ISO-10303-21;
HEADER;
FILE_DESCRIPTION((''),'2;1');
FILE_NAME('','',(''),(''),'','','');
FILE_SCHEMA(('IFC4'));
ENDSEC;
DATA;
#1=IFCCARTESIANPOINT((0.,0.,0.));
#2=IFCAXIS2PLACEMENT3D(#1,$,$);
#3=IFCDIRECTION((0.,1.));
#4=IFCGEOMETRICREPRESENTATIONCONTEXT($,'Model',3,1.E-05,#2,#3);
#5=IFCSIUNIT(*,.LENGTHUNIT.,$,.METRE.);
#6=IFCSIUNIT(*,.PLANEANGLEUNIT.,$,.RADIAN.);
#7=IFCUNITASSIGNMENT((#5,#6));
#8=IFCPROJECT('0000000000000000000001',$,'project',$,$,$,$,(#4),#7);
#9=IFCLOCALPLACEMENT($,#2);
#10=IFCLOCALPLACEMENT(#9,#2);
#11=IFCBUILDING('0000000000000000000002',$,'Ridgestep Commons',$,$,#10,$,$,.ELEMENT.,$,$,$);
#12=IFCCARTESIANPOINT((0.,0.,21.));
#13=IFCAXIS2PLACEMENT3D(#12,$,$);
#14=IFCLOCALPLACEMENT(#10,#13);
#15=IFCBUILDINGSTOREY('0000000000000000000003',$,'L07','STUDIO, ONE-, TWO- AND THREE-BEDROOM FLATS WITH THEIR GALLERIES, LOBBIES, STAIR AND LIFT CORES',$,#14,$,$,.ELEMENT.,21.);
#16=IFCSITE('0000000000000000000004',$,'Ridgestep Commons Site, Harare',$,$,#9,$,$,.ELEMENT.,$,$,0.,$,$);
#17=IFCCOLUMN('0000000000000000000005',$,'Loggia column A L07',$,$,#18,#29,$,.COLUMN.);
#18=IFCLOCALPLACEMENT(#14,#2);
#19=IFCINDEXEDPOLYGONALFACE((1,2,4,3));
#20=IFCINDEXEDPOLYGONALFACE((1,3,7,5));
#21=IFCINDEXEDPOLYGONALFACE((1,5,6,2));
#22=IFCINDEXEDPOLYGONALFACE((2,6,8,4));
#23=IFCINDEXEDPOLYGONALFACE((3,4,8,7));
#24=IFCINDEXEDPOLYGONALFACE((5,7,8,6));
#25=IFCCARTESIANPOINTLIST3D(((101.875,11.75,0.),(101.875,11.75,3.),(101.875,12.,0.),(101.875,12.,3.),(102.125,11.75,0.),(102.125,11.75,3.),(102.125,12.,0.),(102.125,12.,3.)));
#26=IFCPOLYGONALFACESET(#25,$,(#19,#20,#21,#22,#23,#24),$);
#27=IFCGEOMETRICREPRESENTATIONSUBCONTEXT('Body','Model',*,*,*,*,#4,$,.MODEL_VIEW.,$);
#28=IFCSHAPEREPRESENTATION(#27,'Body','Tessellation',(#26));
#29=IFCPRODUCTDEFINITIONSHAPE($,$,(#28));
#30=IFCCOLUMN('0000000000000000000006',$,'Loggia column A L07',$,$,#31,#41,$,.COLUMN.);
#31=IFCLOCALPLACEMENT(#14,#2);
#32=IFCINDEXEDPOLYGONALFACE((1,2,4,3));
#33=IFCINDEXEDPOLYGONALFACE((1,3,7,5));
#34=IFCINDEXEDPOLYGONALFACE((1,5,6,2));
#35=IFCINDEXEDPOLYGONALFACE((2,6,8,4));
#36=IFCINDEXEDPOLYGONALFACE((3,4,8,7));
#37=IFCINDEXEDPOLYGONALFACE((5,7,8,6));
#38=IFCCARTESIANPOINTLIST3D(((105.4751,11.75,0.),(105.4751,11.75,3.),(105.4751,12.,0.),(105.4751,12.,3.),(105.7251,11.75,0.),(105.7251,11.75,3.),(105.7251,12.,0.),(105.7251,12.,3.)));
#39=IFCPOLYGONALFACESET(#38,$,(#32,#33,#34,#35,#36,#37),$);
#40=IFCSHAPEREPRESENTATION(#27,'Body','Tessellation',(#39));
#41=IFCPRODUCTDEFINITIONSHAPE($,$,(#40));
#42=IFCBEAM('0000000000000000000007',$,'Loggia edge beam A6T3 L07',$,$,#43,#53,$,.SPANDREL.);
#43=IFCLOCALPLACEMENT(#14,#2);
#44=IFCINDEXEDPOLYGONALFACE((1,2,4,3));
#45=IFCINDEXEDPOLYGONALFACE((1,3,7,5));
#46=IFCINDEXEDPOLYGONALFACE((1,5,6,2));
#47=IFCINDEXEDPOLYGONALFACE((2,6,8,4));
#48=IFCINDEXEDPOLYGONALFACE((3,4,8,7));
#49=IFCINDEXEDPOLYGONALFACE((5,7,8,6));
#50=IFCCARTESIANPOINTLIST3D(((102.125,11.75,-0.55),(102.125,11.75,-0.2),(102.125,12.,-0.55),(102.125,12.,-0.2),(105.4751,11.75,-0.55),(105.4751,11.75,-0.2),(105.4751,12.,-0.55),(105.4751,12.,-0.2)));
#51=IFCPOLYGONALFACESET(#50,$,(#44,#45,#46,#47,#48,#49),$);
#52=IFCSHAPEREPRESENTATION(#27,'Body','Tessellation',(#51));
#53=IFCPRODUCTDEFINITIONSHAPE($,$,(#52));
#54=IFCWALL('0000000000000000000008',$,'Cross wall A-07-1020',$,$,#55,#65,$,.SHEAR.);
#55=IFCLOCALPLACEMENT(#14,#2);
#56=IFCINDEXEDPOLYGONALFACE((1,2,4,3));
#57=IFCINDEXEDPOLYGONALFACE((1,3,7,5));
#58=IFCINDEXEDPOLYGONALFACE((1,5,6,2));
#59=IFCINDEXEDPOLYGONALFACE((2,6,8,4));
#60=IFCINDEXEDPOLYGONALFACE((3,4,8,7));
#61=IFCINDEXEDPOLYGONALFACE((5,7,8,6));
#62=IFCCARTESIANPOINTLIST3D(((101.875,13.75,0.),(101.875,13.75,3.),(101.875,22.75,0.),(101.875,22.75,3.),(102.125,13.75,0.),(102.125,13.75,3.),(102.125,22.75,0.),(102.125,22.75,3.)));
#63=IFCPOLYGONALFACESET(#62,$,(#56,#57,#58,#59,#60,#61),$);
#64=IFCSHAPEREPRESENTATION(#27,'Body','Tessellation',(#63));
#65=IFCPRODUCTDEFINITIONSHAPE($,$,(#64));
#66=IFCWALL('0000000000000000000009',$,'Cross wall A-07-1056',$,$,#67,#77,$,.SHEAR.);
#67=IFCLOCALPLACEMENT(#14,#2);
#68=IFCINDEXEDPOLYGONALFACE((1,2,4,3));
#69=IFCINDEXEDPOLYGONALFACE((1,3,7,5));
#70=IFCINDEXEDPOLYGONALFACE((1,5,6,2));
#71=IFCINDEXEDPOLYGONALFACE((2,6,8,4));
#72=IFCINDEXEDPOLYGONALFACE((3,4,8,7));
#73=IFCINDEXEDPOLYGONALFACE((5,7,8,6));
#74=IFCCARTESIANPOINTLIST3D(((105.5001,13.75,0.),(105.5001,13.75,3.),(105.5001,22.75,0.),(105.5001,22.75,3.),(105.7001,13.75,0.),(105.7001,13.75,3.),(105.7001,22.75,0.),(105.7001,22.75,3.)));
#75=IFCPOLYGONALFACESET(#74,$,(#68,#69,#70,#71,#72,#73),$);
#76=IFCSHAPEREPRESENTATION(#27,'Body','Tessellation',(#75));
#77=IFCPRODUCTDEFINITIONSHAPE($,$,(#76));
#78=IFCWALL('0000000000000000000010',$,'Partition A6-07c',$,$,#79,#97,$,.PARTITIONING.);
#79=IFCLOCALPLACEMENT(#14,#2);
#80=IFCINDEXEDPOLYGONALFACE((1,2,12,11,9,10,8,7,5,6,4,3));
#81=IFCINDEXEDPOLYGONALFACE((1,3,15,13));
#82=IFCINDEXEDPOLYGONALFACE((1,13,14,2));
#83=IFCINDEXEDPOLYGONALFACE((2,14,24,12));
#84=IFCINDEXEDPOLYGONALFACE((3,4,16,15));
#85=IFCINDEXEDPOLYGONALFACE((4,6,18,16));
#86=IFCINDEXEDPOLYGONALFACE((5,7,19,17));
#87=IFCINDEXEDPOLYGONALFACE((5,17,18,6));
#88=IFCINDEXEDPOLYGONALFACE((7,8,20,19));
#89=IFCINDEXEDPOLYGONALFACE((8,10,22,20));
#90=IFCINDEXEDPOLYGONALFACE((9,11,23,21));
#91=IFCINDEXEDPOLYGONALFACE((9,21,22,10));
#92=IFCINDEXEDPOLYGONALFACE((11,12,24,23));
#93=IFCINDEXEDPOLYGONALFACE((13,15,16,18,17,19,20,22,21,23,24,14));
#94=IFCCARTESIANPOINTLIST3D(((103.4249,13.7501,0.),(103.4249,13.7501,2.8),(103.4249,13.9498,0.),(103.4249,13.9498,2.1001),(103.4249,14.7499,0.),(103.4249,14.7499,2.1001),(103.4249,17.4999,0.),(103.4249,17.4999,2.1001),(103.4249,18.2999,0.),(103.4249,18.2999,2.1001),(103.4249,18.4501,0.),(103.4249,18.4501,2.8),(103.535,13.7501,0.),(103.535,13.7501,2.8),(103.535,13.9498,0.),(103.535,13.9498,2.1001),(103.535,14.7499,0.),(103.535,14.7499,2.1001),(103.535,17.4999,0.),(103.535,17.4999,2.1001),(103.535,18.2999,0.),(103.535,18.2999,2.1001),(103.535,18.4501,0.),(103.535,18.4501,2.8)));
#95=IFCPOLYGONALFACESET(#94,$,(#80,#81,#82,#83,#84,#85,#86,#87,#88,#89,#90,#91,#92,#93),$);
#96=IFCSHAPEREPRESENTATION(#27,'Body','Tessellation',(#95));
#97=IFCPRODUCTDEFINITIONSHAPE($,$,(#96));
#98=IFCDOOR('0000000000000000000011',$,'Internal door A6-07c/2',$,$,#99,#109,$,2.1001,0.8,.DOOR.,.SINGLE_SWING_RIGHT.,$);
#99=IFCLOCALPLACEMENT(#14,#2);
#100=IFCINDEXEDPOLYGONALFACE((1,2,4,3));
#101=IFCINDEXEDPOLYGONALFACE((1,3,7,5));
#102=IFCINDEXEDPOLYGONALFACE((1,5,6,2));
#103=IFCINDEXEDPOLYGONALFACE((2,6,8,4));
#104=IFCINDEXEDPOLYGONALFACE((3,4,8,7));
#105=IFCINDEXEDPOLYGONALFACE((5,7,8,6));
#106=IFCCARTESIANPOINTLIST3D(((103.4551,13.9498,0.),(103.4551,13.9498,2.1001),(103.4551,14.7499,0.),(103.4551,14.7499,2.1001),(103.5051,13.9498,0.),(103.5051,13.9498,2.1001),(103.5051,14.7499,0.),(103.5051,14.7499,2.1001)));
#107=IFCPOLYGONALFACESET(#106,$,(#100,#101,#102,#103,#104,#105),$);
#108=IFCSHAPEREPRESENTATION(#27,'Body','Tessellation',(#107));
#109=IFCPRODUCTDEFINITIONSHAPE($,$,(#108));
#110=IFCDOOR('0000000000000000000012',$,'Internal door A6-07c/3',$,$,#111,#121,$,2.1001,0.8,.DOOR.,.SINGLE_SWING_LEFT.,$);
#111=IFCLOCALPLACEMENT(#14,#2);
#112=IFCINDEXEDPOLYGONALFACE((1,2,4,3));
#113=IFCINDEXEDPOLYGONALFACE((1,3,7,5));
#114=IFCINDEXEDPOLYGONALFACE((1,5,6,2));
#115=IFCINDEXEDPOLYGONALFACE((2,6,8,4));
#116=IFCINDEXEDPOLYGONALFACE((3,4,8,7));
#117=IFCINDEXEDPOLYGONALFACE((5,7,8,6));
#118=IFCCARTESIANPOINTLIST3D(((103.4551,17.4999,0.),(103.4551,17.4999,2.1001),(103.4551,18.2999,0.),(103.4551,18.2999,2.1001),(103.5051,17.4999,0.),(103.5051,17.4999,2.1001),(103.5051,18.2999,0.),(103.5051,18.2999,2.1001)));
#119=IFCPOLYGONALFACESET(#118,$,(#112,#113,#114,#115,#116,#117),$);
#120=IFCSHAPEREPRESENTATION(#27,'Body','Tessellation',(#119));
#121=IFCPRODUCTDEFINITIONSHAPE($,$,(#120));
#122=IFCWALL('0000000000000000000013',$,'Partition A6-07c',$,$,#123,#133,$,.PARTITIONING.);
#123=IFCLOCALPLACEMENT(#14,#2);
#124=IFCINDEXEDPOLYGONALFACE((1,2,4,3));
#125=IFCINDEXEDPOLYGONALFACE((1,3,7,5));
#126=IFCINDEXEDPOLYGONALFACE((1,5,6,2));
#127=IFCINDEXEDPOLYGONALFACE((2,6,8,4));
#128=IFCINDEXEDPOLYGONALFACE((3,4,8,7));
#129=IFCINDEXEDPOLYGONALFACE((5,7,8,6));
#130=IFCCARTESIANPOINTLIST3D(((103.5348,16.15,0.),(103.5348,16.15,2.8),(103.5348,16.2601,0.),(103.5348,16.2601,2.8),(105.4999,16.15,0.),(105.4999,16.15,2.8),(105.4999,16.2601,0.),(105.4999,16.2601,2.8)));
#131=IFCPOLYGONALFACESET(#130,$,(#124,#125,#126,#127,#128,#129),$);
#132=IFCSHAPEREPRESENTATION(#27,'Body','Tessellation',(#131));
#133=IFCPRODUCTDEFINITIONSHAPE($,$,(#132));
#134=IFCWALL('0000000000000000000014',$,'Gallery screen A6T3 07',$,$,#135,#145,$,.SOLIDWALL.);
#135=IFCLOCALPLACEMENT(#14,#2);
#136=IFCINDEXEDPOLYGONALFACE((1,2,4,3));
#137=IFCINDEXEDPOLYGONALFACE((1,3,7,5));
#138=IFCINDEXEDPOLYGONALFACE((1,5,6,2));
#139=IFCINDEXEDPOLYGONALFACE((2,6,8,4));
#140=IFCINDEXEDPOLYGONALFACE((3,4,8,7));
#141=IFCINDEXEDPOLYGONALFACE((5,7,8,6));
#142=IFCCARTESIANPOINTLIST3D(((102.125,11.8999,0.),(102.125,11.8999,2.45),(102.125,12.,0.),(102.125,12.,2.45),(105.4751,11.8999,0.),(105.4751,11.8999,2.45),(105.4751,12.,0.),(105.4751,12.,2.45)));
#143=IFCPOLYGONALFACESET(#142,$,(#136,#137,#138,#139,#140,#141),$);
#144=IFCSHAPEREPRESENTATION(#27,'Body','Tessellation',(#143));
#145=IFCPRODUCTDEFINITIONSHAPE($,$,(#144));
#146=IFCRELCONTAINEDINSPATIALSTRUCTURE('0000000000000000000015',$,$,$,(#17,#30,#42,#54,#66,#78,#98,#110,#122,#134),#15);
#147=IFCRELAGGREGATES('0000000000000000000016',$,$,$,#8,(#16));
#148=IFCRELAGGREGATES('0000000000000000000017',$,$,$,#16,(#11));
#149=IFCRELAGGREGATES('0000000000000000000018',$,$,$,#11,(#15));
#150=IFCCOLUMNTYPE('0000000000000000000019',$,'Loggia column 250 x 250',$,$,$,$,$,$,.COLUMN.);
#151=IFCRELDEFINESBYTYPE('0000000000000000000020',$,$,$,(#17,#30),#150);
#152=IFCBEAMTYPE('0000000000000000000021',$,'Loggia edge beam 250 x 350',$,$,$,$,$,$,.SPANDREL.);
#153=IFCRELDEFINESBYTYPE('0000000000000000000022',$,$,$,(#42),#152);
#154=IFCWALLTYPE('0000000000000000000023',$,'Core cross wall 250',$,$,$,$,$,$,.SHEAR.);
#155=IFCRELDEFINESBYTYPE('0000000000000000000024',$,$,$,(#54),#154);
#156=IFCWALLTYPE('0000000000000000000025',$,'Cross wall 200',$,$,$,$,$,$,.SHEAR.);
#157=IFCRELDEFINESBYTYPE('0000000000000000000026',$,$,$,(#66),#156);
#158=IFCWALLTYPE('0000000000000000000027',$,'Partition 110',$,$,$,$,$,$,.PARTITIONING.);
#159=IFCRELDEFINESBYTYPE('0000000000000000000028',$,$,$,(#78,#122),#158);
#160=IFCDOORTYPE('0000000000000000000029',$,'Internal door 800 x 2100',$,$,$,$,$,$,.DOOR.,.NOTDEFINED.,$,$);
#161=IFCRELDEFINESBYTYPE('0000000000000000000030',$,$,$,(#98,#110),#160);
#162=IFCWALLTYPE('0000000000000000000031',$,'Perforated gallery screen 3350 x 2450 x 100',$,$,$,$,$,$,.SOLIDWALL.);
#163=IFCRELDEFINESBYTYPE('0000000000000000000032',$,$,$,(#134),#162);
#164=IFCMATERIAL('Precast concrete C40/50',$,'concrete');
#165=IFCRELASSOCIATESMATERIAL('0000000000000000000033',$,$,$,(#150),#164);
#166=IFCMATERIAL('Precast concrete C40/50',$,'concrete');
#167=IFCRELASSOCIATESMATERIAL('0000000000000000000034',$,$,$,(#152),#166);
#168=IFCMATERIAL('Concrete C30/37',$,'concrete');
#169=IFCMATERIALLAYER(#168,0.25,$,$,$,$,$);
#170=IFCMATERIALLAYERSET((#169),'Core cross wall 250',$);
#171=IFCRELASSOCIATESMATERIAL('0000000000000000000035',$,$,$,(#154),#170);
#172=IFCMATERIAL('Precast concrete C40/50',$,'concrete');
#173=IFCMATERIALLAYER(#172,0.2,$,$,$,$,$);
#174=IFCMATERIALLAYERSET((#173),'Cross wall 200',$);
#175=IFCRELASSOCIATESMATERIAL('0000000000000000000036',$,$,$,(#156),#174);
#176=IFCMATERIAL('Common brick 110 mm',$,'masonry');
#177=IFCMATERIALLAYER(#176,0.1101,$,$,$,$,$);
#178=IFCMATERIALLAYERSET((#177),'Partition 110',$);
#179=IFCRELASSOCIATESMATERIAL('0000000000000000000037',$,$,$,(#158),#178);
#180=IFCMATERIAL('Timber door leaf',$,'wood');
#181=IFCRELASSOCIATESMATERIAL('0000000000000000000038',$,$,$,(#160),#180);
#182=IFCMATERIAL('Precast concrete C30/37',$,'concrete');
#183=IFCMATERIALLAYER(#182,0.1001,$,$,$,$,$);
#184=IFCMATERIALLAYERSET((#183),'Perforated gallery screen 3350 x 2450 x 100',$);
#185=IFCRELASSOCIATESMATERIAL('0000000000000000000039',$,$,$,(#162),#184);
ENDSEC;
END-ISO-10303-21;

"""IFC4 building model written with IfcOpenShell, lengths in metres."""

from ifc_helpers import new_model, si_unit, direction, frame, frame_2d, origin, origin_2d, place, context, subcontext, project, spatial, rectangle, extrude, material, layer, layer_set, material_profile, profile_set, type_object, element, fill, save


model = new_model("IFC4")

# Units and contexts
model_context = context("Model", 3, precision=1e-05, world=origin(), true_north=direction((0.0, 1.0)))
body_context = subcontext(model_context, "Body", "Model", "MODEL_VIEW")
ifc_project = project(units=[si_unit("LENGTHUNIT", "METRE"), si_unit("PLANEANGLEUNIT", "RADIAN")], contexts=[model_context])

# Site, building, storey
site_placement = place(None, origin())
site = spatial("IfcSite", under=ifc_project, at=site_placement, Name="Ridgestep Commons Site, Harare", CompositionType="ELEMENT", RefElevation=0.0)
building_placement = place(site_placement, origin())
building = spatial("IfcBuilding", under=site, at=building_placement, Name="Ridgestep Commons", CompositionType="ELEMENT")
storey_placement = place(building_placement, frame((0.0, 0.0, 21.0)))
storey = spatial("IfcBuildingStorey", under=building, at=storey_placement, Name="L07", Description="STUDIO, ONE-, TWO- AND THREE-BEDROOM FLATS WITH THEIR GALLERIES, LOBBIES, STAIR AND LIFT CORES", CompositionType="ELEMENT", Elevation=21.0)

# Columns
ifc_material_1 = material(Name="Precast concrete C40/50", Category="concrete")
ifc_material_profile_1 = material_profile(ifc_material_1, rectangle(XDim=0.25, YDim=0.25, at=origin_2d()), Name="PC 250x250")
ifc_profile_set_1 = profile_set([ifc_material_profile_1], Name="Precast concrete C40/50")
column_type = type_object("IfcColumnType", Name="Loggia column 250 x 250", PredefinedType="COLUMN", material=ifc_profile_set_1)
for number, where, z_axis, x_axis, name in (
    (1, (102.0, 11.875, 0.0), (0.0, 0.0, 1.0), (1.0, 0.0, 0.0), "Loggia column A L07"),
    (2, (105.6001, 11.875, 0.0), (0.0, 0.0, 1.0), (1.0, 0.0, 0.0), "Loggia column A L07"),
):
    element("IfcColumn", number, at=place(storey_placement, frame(where, z_axis=z_axis, x_axis=x_axis)), inside=storey, type_object=column_type, Name=name, PredefinedType="COLUMN", context=body_context, shape_type="SweptSolid", body=[
        extrude(rectangle(XDim=0.25, YDim=0.25, at=origin_2d()), origin(), (0.0, 0.0, 1.0), 3.0),
    ])

# Beam
ifc_material_2 = material(Name="Precast concrete C40/50", Category="concrete")
ifc_material_profile_2 = material_profile(ifc_material_2, rectangle(XDim=0.25, YDim=0.3501, at=origin_2d()), Name="PC 250x350")
ifc_profile_set_2 = profile_set([ifc_material_profile_2], Name="Precast concrete C40/50")
beam_type = type_object("IfcBeamType", Name="Loggia edge beam 250 x 350", PredefinedType="SPANDREL", material=ifc_profile_set_2)
beam_placement = place(storey_placement, frame((102.125, 11.875, -0.375), z_axis=(1.0, 0.0, 0.0), x_axis=(0.0, 1.0, 0.0)))
element("IfcBeam", 3, at=beam_placement, inside=storey, type_object=beam_type, Name="Loggia edge beam A6T3 L07", PredefinedType="SPANDREL", context=body_context, shape_type="SweptSolid", body=[
    extrude(rectangle(XDim=0.25, YDim=0.3501, at=origin_2d()), origin(), (0.0, 0.0, 1.0), 3.3501),
])

# Walls
ifc_material_3 = material(Name="Concrete C30/37", Category="concrete")
ifc_layer_1 = layer(ifc_material_3, 0.25)
ifc_layer_set_1 = layer_set([ifc_layer_1], Name="Core cross wall 250")
wall_type_1 = type_object("IfcWallType", Name="Core cross wall 250", PredefinedType="SHEAR", material=ifc_layer_set_1)
wall_1_placement = place(storey_placement, frame((102.0, 13.75, 0.0), z_axis=(0.0, 0.0, 1.0), x_axis=(0.0, 1.0, 0.0)))
element("IfcWall", 4, at=wall_1_placement, inside=storey, type_object=wall_type_1, Name="Cross wall A-07-1020", PredefinedType="SHEAR", context=body_context, shape_type="SweptSolid", body=[
    extrude(rectangle(XDim=9.0, YDim=0.25, at=frame_2d((4.5, 0.0))), origin(), (0.0, 0.0, 1.0), 3.0),
])
ifc_material_4 = material(Name="Precast concrete C40/50", Category="concrete")
ifc_layer_2 = layer(ifc_material_4, 0.2)
ifc_layer_set_2 = layer_set([ifc_layer_2], Name="Cross wall 200")
wall_type_2 = type_object("IfcWallType", Name="Cross wall 200", PredefinedType="SHEAR", material=ifc_layer_set_2)
wall_2_placement = place(storey_placement, frame((105.6001, 13.75, 0.0), z_axis=(0.0, 0.0, 1.0), x_axis=(0.0, 1.0, 0.0)))
element("IfcWall", 5, at=wall_2_placement, inside=storey, type_object=wall_type_2, Name="Cross wall A-07-1056", PredefinedType="SHEAR", context=body_context, shape_type="SweptSolid", body=[
    extrude(rectangle(XDim=9.0, YDim=0.2, at=frame_2d((4.5, 0.0))), origin(), (0.0, 0.0, 1.0), 3.0),
])

# Wall, openings, doors
ifc_material_5 = material(Name="Common brick 110 mm", Category="masonry")
ifc_layer_3 = layer(ifc_material_5, 0.1101)
ifc_layer_set_3 = layer_set([ifc_layer_3], Name="Partition 110")
wall_type_3 = type_object("IfcWallType", Name="Partition 110", PredefinedType="PARTITIONING", material=ifc_layer_set_3)
wall_3_placement = place(storey_placement, frame((103.48, 13.75, 0.0), z_axis=(0.0, 0.0, 1.0), x_axis=(0.0, 1.0, 0.0)))
wall_3 = element("IfcWall", 6, at=wall_3_placement, inside=storey, type_object=wall_type_3, Name="Partition A6-07c", PredefinedType="PARTITIONING", context=body_context, shape_type="SweptSolid", body=[
    extrude(rectangle(XDim=4.7, YDim=0.1101, at=frame_2d((2.3501, 0.0))), origin(), (0.0, 0.0, 1.0), 2.8),
])
opening_1_placement = place(wall_3_placement, frame((0.2, 0.0, 0.0)))
opening_1 = element("IfcOpeningElement", 7, at=opening_1_placement, cuts=wall_3, PredefinedType="OPENING", context=body_context, shape_type="SweptSolid", body=[
    extrude(rectangle(XDim=0.8, YDim=2.1001, at=frame_2d((0.3999, 1.05))), frame((0.0, 0.0649, 0.0), z_axis=(0.0, -1.0, 0.0), x_axis=(1.0, 0.0, 0.0)), (0.0, 0.0, 1.0), 0.1301),
])
opening_2_placement = place(wall_3_placement, frame((3.75, 0.0, 0.0)))
opening_2 = element("IfcOpeningElement", 8, at=opening_2_placement, cuts=wall_3, PredefinedType="OPENING", context=body_context, shape_type="SweptSolid", body=[
    extrude(rectangle(XDim=0.8, YDim=2.1001, at=frame_2d((0.3999, 1.05))), frame((0.0, 0.0649, 0.0), z_axis=(0.0, -1.0, 0.0), x_axis=(1.0, 0.0, 0.0)), (0.0, 0.0, 1.0), 0.1301),
])
ifc_material_6 = material(Name="Timber door leaf", Category="wood")
door_type_1 = type_object("IfcDoorType", Name="Internal door 800 x 2100", OperationType="NOTDEFINED", PredefinedType="DOOR", material=ifc_material_6)
door_1_placement = place(opening_1_placement, origin())
door_1 = element("IfcDoor", 9, at=door_1_placement, inside=storey, type_object=door_type_1, Name="Internal door A6-07c/2", OperationType="SINGLE_SWING_RIGHT", OverallHeight=2.1001, OverallWidth=0.8, PredefinedType="DOOR", context=body_context, shape_type="SweptSolid", body=[
    extrude(rectangle(XDim=0.8, YDim=2.1001, at=frame_2d((0.3999, 1.05))), frame((0.0, 0.0249, 0.0), z_axis=(0.0, -1.0, 0.0), x_axis=(1.0, 0.0, 0.0)), (0.0, 0.0, 1.0), 0.05),
])
fill(opening_1, door_1)
door_2_placement = place(opening_2_placement, origin())
door_2 = element("IfcDoor", 10, at=door_2_placement, inside=storey, type_object=door_type_1, Name="Internal door A6-07c/3", OperationType="SINGLE_SWING_LEFT", OverallHeight=2.1001, OverallWidth=0.8, PredefinedType="DOOR", context=body_context, shape_type="SweptSolid", body=[
    extrude(rectangle(XDim=0.8, YDim=2.1001, at=frame_2d((0.3999, 1.05))), frame((0.0, 0.0249, 0.0), z_axis=(0.0, -1.0, 0.0), x_axis=(1.0, 0.0, 0.0)), (0.0, 0.0, 1.0), 0.05),
])
fill(opening_2, door_2)

# Walls
wall_4_placement = place(storey_placement, frame((103.5349, 16.2051, 0.0), z_axis=(0.0, 0.0, 1.0), x_axis=(1.0, 0.0, 0.0)))
element("IfcWall", 11, at=wall_4_placement, inside=storey, type_object=wall_type_3, Name="Partition A6-07c", PredefinedType="PARTITIONING", context=body_context, shape_type="SweptSolid", body=[
    extrude(rectangle(XDim=1.9651, YDim=0.1101, at=frame_2d((0.9824, 0.0))), origin(), (0.0, 0.0, 1.0), 2.8),
])
ifc_material_7 = material(Name="Precast concrete C30/37", Category="concrete")
ifc_layer_4 = layer(ifc_material_7, 0.1001)
ifc_layer_set_4 = layer_set([ifc_layer_4], Name="Perforated gallery screen 3350 x 2450 x 100")
wall_type_4 = type_object("IfcWallType", Name="Perforated gallery screen 3350 x 2450 x 100", PredefinedType="SOLIDWALL", material=ifc_layer_set_4)
wall_5_placement = place(storey_placement, frame((102.125, 11.95, 0.0), z_axis=(0.0, 0.0, 1.0), x_axis=(1.0, 0.0, 0.0)))
element("IfcWall", 12, at=wall_5_placement, inside=storey, type_object=wall_type_4, Name="Gallery screen A6T3 07", PredefinedType="SOLIDWALL", context=body_context, shape_type="SweptSolid", body=[
    extrude(rectangle(XDim=3.3501, YDim=0.1001, at=frame_2d((1.675, 0.0))), origin(), (0.0, 0.0, 1.0), 2.45),
])

save(model, "model.ifc")
